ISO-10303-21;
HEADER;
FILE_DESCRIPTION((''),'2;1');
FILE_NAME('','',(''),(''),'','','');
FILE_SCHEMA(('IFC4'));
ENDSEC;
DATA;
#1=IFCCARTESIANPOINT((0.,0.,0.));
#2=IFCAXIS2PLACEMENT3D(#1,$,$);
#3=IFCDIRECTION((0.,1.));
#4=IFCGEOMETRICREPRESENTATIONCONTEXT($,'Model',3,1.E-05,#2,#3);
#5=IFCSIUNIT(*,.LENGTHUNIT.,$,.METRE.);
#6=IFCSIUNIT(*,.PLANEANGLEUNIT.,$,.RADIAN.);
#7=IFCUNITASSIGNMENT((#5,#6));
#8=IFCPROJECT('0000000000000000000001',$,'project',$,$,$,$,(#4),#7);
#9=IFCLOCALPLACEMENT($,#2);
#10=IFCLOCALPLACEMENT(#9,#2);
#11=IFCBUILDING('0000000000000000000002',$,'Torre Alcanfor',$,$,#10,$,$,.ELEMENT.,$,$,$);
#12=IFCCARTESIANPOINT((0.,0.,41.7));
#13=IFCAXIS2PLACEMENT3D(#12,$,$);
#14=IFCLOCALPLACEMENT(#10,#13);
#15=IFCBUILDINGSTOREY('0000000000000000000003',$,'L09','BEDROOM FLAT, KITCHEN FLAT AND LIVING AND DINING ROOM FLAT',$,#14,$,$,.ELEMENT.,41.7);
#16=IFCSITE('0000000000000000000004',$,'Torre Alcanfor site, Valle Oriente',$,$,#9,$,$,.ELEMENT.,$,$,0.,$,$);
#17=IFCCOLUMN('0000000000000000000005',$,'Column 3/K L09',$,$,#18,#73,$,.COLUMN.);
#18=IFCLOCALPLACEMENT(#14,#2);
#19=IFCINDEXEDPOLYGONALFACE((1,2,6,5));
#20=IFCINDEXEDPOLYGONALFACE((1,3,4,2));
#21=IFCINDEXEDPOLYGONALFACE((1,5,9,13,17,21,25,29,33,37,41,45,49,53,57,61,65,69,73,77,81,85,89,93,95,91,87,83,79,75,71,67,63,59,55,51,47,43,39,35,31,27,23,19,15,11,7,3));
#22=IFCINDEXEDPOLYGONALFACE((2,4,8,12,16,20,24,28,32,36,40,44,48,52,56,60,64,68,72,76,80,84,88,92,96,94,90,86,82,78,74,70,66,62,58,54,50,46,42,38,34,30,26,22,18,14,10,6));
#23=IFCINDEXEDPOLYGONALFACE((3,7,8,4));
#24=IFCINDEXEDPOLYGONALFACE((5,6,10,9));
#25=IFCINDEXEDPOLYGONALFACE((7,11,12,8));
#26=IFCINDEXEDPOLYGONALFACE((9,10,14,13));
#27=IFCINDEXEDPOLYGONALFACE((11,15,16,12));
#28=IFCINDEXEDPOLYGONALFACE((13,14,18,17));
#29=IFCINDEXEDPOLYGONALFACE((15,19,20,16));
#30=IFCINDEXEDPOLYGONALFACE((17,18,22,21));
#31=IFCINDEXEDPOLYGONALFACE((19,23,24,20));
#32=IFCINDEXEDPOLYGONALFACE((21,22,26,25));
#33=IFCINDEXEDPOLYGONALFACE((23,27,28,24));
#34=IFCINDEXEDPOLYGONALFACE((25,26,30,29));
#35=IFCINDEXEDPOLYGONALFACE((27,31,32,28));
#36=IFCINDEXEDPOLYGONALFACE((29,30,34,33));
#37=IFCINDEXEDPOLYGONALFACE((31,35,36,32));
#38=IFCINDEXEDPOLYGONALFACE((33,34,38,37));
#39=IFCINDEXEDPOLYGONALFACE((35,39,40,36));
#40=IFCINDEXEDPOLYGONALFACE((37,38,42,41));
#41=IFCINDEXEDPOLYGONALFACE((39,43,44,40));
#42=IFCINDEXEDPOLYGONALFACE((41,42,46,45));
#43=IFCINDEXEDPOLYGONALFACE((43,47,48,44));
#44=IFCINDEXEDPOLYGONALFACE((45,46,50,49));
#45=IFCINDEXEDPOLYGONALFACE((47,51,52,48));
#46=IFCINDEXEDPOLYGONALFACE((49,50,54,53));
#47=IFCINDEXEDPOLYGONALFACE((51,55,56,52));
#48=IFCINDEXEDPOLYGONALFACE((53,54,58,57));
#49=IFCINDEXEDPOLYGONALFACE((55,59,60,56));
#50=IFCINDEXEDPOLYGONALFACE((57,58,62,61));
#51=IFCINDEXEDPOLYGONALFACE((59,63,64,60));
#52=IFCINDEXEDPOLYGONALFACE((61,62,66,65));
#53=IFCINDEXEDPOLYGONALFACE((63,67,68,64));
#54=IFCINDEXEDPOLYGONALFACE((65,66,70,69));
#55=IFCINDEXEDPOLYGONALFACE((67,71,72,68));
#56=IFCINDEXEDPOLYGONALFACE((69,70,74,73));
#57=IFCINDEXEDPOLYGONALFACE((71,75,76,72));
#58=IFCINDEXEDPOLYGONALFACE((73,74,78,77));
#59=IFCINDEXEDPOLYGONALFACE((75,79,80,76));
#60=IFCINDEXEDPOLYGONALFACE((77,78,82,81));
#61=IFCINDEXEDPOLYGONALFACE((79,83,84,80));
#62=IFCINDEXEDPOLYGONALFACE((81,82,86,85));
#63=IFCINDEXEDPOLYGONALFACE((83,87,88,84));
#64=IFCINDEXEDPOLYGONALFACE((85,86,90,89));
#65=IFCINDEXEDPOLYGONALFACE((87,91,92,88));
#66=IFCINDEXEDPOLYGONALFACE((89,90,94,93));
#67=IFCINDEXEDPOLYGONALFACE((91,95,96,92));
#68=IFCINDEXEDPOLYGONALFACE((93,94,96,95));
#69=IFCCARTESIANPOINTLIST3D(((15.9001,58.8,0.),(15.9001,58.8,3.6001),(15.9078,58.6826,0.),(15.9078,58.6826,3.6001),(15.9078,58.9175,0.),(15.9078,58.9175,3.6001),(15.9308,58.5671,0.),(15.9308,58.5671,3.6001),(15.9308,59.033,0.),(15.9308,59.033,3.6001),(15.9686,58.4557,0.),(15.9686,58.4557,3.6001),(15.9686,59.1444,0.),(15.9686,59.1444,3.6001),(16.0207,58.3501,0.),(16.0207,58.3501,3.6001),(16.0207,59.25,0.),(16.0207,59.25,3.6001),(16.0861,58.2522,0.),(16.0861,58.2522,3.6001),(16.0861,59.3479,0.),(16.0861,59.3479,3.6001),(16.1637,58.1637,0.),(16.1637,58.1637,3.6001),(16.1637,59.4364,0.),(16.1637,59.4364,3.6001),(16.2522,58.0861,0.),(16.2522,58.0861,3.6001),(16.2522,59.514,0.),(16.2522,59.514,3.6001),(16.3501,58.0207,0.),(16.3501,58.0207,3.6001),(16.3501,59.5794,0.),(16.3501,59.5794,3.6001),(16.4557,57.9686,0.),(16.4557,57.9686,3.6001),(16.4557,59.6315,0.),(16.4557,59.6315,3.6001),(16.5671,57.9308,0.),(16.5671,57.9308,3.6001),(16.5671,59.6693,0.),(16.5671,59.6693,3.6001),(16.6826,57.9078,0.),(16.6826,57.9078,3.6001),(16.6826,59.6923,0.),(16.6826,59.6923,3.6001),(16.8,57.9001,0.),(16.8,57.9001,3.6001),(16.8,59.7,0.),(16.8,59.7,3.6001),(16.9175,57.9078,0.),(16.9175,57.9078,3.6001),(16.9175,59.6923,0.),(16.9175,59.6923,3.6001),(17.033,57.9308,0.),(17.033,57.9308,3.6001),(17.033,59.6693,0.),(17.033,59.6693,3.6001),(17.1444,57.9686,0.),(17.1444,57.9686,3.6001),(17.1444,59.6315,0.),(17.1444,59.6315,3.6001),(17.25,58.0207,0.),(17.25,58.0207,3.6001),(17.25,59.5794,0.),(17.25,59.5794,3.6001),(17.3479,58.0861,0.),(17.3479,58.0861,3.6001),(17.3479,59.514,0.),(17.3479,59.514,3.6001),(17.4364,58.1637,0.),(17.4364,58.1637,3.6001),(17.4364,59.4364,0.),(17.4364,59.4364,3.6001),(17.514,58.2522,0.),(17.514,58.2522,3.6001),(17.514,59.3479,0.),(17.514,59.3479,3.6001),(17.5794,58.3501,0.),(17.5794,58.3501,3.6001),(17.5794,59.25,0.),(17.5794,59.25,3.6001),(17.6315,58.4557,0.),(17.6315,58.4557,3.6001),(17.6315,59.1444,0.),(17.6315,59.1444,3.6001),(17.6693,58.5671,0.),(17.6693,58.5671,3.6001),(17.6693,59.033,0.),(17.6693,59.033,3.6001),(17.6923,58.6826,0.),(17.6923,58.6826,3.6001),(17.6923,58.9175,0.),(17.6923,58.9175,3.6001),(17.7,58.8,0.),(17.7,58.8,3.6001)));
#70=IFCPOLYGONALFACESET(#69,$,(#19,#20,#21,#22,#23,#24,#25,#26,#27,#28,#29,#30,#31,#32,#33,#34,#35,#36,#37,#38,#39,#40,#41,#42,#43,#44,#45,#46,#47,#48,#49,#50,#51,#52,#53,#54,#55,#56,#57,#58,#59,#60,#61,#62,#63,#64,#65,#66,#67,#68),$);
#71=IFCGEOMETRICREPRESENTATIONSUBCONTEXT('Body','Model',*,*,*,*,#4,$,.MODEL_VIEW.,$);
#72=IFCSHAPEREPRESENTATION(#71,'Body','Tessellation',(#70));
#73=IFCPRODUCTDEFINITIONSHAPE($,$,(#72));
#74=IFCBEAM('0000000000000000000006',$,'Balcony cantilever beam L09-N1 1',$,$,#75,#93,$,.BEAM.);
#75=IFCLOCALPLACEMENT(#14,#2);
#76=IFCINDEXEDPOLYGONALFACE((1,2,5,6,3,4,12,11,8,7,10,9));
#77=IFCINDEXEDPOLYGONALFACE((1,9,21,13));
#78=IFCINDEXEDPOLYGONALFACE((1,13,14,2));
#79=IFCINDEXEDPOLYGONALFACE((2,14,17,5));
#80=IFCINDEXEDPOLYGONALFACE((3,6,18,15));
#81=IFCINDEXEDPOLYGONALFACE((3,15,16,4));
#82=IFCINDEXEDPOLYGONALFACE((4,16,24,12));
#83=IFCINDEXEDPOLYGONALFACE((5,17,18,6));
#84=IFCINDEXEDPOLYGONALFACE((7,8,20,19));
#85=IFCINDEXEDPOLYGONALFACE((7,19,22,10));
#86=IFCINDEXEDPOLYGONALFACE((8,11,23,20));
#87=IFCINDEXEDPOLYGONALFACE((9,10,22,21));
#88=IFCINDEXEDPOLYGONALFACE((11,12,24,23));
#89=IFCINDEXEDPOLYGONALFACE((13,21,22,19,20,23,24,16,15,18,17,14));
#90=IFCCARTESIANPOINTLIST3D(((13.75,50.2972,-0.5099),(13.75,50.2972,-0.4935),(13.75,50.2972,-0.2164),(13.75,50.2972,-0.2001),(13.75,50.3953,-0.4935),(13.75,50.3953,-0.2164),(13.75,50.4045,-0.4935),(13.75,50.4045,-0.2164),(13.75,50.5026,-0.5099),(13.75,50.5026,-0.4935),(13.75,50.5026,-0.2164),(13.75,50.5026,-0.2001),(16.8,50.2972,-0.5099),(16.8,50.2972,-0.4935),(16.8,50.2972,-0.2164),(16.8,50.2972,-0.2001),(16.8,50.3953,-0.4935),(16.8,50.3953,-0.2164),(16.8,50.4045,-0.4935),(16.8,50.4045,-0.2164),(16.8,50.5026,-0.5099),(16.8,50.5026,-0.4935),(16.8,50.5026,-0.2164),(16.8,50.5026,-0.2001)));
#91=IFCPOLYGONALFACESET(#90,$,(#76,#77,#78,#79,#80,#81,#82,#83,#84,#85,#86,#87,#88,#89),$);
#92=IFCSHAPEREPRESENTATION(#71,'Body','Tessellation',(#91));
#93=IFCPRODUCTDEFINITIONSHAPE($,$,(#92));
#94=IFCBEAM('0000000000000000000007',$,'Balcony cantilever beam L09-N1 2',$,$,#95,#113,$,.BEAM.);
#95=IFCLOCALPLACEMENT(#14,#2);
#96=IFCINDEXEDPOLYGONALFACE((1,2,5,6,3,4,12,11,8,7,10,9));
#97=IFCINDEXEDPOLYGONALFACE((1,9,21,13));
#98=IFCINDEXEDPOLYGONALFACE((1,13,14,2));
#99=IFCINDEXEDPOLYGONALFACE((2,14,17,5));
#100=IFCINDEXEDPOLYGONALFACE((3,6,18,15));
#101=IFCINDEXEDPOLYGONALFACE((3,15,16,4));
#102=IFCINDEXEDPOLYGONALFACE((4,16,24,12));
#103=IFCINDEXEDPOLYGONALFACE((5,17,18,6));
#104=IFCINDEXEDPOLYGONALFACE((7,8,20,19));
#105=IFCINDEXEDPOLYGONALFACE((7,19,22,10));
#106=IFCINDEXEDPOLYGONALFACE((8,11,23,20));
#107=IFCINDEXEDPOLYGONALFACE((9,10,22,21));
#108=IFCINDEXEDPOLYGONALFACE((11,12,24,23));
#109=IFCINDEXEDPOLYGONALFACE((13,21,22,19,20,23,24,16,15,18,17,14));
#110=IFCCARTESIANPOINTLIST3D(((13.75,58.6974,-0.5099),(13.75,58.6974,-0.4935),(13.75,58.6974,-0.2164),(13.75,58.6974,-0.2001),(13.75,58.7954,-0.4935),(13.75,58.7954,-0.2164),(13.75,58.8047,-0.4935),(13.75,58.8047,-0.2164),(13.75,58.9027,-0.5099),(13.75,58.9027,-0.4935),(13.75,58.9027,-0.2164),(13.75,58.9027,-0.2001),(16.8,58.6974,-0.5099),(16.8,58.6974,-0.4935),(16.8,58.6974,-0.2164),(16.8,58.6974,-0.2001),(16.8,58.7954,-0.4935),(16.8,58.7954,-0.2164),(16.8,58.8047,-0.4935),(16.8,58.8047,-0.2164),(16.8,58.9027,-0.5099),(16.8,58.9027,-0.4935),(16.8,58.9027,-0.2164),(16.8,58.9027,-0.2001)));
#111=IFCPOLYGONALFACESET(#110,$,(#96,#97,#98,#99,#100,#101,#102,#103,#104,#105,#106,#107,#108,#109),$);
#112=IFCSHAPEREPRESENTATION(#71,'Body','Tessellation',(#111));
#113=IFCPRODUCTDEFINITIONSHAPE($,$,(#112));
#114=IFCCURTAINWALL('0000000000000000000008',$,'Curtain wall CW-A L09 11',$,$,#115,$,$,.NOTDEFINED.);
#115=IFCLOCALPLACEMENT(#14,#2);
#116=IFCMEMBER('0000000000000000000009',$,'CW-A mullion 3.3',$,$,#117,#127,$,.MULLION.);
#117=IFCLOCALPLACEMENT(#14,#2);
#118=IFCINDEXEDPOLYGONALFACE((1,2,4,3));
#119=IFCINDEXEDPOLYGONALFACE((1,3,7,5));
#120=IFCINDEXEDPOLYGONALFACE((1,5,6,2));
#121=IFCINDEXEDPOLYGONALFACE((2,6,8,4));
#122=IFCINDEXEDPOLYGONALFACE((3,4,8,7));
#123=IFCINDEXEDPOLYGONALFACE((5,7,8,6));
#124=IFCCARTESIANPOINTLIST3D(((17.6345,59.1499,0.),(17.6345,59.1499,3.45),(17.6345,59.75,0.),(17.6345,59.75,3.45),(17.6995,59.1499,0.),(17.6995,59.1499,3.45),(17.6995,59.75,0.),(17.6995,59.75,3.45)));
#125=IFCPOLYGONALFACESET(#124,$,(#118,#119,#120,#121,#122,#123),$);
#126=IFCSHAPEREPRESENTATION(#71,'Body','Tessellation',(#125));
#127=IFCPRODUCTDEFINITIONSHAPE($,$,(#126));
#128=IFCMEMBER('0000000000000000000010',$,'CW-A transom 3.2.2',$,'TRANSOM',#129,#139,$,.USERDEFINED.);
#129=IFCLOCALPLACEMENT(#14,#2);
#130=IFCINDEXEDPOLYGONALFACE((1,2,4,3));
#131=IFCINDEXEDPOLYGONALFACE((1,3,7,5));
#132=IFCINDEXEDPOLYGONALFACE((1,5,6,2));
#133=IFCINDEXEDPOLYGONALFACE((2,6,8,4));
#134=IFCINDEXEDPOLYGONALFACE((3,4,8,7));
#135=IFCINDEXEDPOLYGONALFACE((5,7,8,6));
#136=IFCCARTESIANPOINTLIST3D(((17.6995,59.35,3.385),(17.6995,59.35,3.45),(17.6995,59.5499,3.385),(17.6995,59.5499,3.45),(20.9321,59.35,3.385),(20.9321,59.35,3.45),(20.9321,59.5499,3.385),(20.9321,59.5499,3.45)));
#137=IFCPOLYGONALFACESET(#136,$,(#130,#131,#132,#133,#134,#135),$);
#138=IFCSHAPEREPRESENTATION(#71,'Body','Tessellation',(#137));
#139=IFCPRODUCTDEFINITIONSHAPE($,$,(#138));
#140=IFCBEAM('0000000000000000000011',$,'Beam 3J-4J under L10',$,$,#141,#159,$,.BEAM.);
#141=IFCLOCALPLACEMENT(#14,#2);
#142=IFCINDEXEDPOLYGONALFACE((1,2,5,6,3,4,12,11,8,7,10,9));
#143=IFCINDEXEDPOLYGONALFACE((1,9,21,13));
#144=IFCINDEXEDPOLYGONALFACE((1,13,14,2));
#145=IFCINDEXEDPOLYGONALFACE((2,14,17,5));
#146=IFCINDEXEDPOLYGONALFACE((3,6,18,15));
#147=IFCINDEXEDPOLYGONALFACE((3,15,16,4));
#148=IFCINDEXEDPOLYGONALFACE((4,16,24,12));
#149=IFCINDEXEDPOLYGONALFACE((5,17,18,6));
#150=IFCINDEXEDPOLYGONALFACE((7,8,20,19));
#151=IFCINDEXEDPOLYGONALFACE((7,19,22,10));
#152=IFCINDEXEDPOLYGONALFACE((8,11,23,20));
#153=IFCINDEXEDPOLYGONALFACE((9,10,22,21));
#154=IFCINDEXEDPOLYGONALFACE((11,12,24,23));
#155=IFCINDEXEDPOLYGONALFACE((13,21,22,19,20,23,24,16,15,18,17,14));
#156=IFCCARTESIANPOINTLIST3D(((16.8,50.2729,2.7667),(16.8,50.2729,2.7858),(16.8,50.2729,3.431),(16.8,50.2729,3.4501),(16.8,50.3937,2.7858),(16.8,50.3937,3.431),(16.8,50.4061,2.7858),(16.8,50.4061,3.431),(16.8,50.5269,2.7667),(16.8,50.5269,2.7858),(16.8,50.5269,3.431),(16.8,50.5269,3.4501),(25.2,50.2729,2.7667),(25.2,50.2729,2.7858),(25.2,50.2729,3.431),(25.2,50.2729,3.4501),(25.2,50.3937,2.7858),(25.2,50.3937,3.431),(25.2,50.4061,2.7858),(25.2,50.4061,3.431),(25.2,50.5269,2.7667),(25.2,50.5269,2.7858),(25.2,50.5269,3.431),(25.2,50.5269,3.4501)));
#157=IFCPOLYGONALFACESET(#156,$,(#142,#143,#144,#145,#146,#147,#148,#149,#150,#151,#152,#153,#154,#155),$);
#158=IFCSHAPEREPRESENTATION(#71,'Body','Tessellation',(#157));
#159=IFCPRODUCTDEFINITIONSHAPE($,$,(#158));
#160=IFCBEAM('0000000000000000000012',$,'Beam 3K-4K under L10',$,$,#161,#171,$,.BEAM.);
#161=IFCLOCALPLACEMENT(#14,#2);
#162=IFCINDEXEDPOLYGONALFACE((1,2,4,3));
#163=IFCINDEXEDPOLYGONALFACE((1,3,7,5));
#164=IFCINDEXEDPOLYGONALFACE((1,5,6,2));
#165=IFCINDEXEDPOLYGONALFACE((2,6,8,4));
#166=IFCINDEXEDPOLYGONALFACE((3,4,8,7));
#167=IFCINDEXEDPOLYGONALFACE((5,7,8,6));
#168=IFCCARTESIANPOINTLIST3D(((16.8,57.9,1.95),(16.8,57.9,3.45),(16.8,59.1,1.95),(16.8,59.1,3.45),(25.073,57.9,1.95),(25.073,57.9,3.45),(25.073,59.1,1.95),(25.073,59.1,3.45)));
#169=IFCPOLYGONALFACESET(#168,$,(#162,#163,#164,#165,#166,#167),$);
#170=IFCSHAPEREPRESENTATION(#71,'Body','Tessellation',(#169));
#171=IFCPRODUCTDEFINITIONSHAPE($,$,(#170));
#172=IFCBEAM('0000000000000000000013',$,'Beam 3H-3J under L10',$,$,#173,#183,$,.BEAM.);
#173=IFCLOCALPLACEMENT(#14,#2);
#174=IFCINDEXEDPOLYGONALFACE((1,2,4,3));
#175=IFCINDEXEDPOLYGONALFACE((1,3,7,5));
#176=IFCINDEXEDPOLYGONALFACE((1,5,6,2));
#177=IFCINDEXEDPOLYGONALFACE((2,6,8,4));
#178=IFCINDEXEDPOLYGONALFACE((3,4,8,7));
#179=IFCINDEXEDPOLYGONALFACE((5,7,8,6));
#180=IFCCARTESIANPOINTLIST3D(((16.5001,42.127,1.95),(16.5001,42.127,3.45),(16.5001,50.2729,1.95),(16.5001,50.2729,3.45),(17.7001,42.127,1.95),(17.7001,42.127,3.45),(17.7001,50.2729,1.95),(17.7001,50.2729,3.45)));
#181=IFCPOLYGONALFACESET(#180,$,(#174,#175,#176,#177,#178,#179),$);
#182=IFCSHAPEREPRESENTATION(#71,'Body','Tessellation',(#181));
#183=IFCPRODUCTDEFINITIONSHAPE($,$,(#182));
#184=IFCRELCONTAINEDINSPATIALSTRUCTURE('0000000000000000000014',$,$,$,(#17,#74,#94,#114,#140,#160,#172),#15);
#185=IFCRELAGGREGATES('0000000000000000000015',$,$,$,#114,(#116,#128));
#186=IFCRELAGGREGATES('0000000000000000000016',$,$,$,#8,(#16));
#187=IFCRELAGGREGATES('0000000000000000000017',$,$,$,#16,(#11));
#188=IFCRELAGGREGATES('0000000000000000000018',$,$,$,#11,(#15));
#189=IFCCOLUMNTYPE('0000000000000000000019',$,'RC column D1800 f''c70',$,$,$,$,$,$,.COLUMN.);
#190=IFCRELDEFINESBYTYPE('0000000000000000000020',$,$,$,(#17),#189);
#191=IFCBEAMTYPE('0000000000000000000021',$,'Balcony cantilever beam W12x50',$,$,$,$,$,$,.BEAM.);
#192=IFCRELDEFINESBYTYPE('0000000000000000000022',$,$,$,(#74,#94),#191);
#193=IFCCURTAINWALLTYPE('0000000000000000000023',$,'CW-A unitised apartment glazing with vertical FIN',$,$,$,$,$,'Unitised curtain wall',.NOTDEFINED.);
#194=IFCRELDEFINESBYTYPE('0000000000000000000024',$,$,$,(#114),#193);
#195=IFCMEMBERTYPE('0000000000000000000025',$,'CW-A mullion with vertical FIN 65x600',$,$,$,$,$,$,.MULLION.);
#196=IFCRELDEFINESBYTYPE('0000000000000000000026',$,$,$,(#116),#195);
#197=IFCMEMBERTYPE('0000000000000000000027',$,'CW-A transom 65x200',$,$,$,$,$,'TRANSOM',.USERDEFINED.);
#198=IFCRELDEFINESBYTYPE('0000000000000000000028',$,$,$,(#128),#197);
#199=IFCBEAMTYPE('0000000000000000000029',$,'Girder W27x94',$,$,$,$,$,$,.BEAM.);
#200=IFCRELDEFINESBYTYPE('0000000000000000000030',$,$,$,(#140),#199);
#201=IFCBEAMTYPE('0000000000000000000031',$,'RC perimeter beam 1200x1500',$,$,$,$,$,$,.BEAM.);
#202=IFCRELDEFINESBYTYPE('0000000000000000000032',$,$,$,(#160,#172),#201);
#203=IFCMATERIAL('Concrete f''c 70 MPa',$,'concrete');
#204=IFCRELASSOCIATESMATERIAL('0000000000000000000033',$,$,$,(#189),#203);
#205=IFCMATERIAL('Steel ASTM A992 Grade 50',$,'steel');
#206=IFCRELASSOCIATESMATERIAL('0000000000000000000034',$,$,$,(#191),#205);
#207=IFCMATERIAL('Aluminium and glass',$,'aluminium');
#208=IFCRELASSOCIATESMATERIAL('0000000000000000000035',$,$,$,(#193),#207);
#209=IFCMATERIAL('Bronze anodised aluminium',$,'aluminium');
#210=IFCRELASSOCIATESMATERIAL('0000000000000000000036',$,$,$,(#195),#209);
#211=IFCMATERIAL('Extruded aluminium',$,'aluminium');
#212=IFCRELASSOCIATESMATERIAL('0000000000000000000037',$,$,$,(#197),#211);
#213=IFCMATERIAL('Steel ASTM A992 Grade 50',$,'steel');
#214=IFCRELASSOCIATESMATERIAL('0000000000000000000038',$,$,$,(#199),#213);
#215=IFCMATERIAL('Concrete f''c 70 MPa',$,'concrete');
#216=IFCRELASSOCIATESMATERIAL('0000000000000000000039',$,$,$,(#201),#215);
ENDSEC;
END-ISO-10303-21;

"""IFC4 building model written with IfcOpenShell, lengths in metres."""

from ifc_helpers import new_model, si_unit, direction, frame, origin, origin_2d, place, context, subcontext, project, spatial, rectangle, circle, i_section, extrude, material, material_profile, profile_set, type_object, element, aggregate, save


model = new_model("IFC4")

# Units and contexts
model_context = context("Model", 3, precision=1e-05, world=origin(), true_north=direction((0.0, 1.0)))
body_context = subcontext(model_context, "Body", "Model", "MODEL_VIEW")
ifc_project = project(units=[si_unit("LENGTHUNIT", "METRE"), si_unit("PLANEANGLEUNIT", "RADIAN")], contexts=[model_context])

# Site, building, storey
site_placement = place(None, origin())
site = spatial("IfcSite", under=ifc_project, at=site_placement, Name="Torre Alcanfor site, Valle Oriente", CompositionType="ELEMENT", RefElevation=0.0)
building_placement = place(site_placement, origin())
building = spatial("IfcBuilding", under=site, at=building_placement, Name="Torre Alcanfor", CompositionType="ELEMENT")
storey_placement = place(building_placement, frame((0.0, 0.0, 41.7)))
storey = spatial("IfcBuildingStorey", under=building, at=storey_placement, Name="L09", Description="BEDROOM FLAT, KITCHEN FLAT AND LIVING AND DINING ROOM FLAT", CompositionType="ELEMENT", Elevation=41.7)

# Column
ifc_material_1 = material(Name="Concrete f'c 70 MPa", Category="concrete")
ifc_material_profile_1 = material_profile(ifc_material_1, circle(Radius=0.8999, at=origin_2d()), Name="D1800")
ifc_profile_set_1 = profile_set([ifc_material_profile_1], Name="Concrete f'c 70 MPa")
column_type = type_object("IfcColumnType", Name="RC column D1800 f'c70", PredefinedType="COLUMN", material=ifc_profile_set_1)
column_placement = place(storey_placement, frame((16.8, 58.8, 0.0), z_axis=(0.0, 0.0, 1.0), x_axis=(1.0, 0.0, 0.0)))
element("IfcColumn", 1, at=column_placement, inside=storey, type_object=column_type, Name="Column 3/K L09", PredefinedType="COLUMN", context=body_context, shape_type="SweptSolid", body=[
    extrude(circle(Radius=0.8999, at=origin_2d()), origin(), (0.0, 0.0, 1.0), 3.6001),
])

# Beams
ifc_material_2 = material(Name="Steel ASTM A992 Grade 50", Category="steel")
ifc_material_profile_2 = material_profile(ifc_material_2, i_section(OverallWidth=0.2053, OverallDepth=0.3098, WebThickness=0.0093, FlangeThickness=0.0164, at=origin_2d()), Name="W12x50")
ifc_profile_set_2 = profile_set([ifc_material_profile_2], Name="Steel ASTM A992 Grade 50")
beam_type_1 = type_object("IfcBeamType", Name="Balcony cantilever beam W12x50", PredefinedType="BEAM", material=ifc_profile_set_2)
for number, where, z_axis, x_axis, name in (
    (2, (16.8, 50.3999, -0.355), (-1.0, 0.0, 0.0), (0.0, -1.0, 0.0), "Balcony cantilever beam L09-N1 1"),
    (3, (16.8, 58.8, -0.355), (-1.0, 0.0, 0.0), (0.0, -1.0, 0.0), "Balcony cantilever beam L09-N1 2"),
):
    element("IfcBeam", number, at=place(storey_placement, frame(where, z_axis=z_axis, x_axis=x_axis)), inside=storey, type_object=beam_type_1, Name=name, PredefinedType="BEAM", context=body_context, shape_type="SweptSolid", body=[
        extrude(i_section(OverallWidth=0.2053, OverallDepth=0.3098, WebThickness=0.0093, FlangeThickness=0.0164, at=origin_2d()), origin(), (0.0, 0.0, 1.0), 3.05),
    ])

# Curtain wall, members
ifc_material_3 = material(Name="Aluminium and glass", Category="aluminium")
curtain_wall_type = type_object("IfcCurtainWallType", Name="CW-A unitised apartment glazing with vertical FIN", ElementType="Unitised curtain wall", PredefinedType="NOTDEFINED", material=ifc_material_3)
curtain_wall_placement = place(storey_placement, origin())
curtain_wall = element("IfcCurtainWall", 4, at=curtain_wall_placement, inside=storey, type_object=curtain_wall_type, Name="Curtain wall CW-A L09 11", PredefinedType="NOTDEFINED")
ifc_material_4 = material(Name="Bronze anodised aluminium", Category="aluminium")
ifc_material_profile_3 = material_profile(ifc_material_4, rectangle(XDim=0.6001, YDim=0.0649, at=origin_2d()), Name="CW-A mullion 65x600")
ifc_profile_set_3 = profile_set([ifc_material_profile_3], Name="Bronze anodised aluminium")
member_type_1 = type_object("IfcMemberType", Name="CW-A mullion with vertical FIN 65x600", PredefinedType="MULLION", material=ifc_profile_set_3)
member_1_placement = place(storey_placement, frame((17.667, 59.45, 0.0), z_axis=(0.0, 0.0, 1.0), x_axis=(0.0, -1.0, 0.0)))
member_1 = element("IfcMember", 5, at=member_1_placement, type_object=member_type_1, Name="CW-A mullion 3.3", PredefinedType="MULLION", context=body_context, shape_type="SweptSolid", body=[
    extrude(rectangle(XDim=0.6001, YDim=0.0649, at=origin_2d()), origin(), (0.0, 0.0, 1.0), 3.45),
])
ifc_material_5 = material(Name="Extruded aluminium", Category="aluminium")
ifc_material_profile_4 = material_profile(ifc_material_5, rectangle(XDim=0.2, YDim=0.0649, at=origin_2d()), Name="CW-A transom 200x65")
ifc_profile_set_4 = profile_set([ifc_material_profile_4], Name="Extruded aluminium")
member_type_2 = type_object("IfcMemberType", Name="CW-A transom 65x200", ElementType="TRANSOM", PredefinedType="USERDEFINED", material=ifc_profile_set_4)
member_2_placement = place(storey_placement, frame((20.9321, 59.45, 3.4175), z_axis=(-1.0, 0.0, 0.0), x_axis=(0.0, -1.0, 0.0)))
member_2 = element("IfcMember", 6, at=member_2_placement, type_object=member_type_2, Name="CW-A transom 3.2.2", ObjectType="TRANSOM", PredefinedType="USERDEFINED", context=body_context, shape_type="SweptSolid", body=[
    extrude(rectangle(XDim=0.2, YDim=0.0649, at=origin_2d()), origin(), (0.0, 0.0, 1.0), 3.2327),
])

# Beams
ifc_material_6 = material(Name="Steel ASTM A992 Grade 50", Category="steel")
ifc_material_profile_5 = material_profile(ifc_material_6, i_section(OverallWidth=0.2539, OverallDepth=0.6833, WebThickness=0.0125, FlangeThickness=0.019, at=origin_2d()), Name="W27x94")
ifc_profile_set_5 = profile_set([ifc_material_profile_5], Name="Steel ASTM A992 Grade 50")
beam_type_2 = type_object("IfcBeamType", Name="Girder W27x94", PredefinedType="BEAM", material=ifc_profile_set_5)
beam_1_placement = place(storey_placement, frame((16.8, 50.3999, 3.1084), z_axis=(1.0, 0.0, 0.0), x_axis=(0.0, 1.0, 0.0)))
element("IfcBeam", 7, at=beam_1_placement, inside=storey, type_object=beam_type_2, Name="Beam 3J-4J under L10", PredefinedType="BEAM", context=body_context, shape_type="SweptSolid", body=[
    extrude(i_section(OverallWidth=0.2539, OverallDepth=0.6833, WebThickness=0.0125, FlangeThickness=0.019, at=origin_2d()), origin(), (0.0, 0.0, 1.0), 8.3999),
])
ifc_material_7 = material(Name="Concrete f'c 70 MPa", Category="concrete")
ifc_material_profile_6 = material_profile(ifc_material_7, rectangle(XDim=1.2, YDim=1.5, at=origin_2d()), Name="1200x1500")
ifc_profile_set_6 = profile_set([ifc_material_profile_6], Name="Concrete f'c 70 MPa")
beam_type_3 = type_object("IfcBeamType", Name="RC perimeter beam 1200x1500", PredefinedType="BEAM", material=ifc_profile_set_6)
beam_2_placement = place(storey_placement, frame((16.8, 58.5, 2.7), z_axis=(1.0, 0.0, 0.0), x_axis=(0.0, 1.0, 0.0)))
element("IfcBeam", 8, at=beam_2_placement, inside=storey, type_object=beam_type_3, Name="Beam 3K-4K under L10", PredefinedType="BEAM", context=body_context, shape_type="SweptSolid", body=[
    extrude(rectangle(XDim=1.2, YDim=1.5, at=origin_2d()), origin(), (0.0, 0.0, 1.0), 8.2729),
])
beam_3_placement = place(storey_placement, frame((17.1001, 42.127, 2.7), z_axis=(0.0, 1.0, 0.0), x_axis=(-1.0, 0.0, 0.0)))
element("IfcBeam", 9, at=beam_3_placement, inside=storey, type_object=beam_type_3, Name="Beam 3H-3J under L10", PredefinedType="BEAM", context=body_context, shape_type="SweptSolid", body=[
    extrude(rectangle(XDim=1.2, YDim=1.5, at=origin_2d()), origin(), (0.0, 0.0, 1.0), 8.146),
])

aggregate(curtain_wall, [member_1, member_2])

save(model, "model.ifc")
